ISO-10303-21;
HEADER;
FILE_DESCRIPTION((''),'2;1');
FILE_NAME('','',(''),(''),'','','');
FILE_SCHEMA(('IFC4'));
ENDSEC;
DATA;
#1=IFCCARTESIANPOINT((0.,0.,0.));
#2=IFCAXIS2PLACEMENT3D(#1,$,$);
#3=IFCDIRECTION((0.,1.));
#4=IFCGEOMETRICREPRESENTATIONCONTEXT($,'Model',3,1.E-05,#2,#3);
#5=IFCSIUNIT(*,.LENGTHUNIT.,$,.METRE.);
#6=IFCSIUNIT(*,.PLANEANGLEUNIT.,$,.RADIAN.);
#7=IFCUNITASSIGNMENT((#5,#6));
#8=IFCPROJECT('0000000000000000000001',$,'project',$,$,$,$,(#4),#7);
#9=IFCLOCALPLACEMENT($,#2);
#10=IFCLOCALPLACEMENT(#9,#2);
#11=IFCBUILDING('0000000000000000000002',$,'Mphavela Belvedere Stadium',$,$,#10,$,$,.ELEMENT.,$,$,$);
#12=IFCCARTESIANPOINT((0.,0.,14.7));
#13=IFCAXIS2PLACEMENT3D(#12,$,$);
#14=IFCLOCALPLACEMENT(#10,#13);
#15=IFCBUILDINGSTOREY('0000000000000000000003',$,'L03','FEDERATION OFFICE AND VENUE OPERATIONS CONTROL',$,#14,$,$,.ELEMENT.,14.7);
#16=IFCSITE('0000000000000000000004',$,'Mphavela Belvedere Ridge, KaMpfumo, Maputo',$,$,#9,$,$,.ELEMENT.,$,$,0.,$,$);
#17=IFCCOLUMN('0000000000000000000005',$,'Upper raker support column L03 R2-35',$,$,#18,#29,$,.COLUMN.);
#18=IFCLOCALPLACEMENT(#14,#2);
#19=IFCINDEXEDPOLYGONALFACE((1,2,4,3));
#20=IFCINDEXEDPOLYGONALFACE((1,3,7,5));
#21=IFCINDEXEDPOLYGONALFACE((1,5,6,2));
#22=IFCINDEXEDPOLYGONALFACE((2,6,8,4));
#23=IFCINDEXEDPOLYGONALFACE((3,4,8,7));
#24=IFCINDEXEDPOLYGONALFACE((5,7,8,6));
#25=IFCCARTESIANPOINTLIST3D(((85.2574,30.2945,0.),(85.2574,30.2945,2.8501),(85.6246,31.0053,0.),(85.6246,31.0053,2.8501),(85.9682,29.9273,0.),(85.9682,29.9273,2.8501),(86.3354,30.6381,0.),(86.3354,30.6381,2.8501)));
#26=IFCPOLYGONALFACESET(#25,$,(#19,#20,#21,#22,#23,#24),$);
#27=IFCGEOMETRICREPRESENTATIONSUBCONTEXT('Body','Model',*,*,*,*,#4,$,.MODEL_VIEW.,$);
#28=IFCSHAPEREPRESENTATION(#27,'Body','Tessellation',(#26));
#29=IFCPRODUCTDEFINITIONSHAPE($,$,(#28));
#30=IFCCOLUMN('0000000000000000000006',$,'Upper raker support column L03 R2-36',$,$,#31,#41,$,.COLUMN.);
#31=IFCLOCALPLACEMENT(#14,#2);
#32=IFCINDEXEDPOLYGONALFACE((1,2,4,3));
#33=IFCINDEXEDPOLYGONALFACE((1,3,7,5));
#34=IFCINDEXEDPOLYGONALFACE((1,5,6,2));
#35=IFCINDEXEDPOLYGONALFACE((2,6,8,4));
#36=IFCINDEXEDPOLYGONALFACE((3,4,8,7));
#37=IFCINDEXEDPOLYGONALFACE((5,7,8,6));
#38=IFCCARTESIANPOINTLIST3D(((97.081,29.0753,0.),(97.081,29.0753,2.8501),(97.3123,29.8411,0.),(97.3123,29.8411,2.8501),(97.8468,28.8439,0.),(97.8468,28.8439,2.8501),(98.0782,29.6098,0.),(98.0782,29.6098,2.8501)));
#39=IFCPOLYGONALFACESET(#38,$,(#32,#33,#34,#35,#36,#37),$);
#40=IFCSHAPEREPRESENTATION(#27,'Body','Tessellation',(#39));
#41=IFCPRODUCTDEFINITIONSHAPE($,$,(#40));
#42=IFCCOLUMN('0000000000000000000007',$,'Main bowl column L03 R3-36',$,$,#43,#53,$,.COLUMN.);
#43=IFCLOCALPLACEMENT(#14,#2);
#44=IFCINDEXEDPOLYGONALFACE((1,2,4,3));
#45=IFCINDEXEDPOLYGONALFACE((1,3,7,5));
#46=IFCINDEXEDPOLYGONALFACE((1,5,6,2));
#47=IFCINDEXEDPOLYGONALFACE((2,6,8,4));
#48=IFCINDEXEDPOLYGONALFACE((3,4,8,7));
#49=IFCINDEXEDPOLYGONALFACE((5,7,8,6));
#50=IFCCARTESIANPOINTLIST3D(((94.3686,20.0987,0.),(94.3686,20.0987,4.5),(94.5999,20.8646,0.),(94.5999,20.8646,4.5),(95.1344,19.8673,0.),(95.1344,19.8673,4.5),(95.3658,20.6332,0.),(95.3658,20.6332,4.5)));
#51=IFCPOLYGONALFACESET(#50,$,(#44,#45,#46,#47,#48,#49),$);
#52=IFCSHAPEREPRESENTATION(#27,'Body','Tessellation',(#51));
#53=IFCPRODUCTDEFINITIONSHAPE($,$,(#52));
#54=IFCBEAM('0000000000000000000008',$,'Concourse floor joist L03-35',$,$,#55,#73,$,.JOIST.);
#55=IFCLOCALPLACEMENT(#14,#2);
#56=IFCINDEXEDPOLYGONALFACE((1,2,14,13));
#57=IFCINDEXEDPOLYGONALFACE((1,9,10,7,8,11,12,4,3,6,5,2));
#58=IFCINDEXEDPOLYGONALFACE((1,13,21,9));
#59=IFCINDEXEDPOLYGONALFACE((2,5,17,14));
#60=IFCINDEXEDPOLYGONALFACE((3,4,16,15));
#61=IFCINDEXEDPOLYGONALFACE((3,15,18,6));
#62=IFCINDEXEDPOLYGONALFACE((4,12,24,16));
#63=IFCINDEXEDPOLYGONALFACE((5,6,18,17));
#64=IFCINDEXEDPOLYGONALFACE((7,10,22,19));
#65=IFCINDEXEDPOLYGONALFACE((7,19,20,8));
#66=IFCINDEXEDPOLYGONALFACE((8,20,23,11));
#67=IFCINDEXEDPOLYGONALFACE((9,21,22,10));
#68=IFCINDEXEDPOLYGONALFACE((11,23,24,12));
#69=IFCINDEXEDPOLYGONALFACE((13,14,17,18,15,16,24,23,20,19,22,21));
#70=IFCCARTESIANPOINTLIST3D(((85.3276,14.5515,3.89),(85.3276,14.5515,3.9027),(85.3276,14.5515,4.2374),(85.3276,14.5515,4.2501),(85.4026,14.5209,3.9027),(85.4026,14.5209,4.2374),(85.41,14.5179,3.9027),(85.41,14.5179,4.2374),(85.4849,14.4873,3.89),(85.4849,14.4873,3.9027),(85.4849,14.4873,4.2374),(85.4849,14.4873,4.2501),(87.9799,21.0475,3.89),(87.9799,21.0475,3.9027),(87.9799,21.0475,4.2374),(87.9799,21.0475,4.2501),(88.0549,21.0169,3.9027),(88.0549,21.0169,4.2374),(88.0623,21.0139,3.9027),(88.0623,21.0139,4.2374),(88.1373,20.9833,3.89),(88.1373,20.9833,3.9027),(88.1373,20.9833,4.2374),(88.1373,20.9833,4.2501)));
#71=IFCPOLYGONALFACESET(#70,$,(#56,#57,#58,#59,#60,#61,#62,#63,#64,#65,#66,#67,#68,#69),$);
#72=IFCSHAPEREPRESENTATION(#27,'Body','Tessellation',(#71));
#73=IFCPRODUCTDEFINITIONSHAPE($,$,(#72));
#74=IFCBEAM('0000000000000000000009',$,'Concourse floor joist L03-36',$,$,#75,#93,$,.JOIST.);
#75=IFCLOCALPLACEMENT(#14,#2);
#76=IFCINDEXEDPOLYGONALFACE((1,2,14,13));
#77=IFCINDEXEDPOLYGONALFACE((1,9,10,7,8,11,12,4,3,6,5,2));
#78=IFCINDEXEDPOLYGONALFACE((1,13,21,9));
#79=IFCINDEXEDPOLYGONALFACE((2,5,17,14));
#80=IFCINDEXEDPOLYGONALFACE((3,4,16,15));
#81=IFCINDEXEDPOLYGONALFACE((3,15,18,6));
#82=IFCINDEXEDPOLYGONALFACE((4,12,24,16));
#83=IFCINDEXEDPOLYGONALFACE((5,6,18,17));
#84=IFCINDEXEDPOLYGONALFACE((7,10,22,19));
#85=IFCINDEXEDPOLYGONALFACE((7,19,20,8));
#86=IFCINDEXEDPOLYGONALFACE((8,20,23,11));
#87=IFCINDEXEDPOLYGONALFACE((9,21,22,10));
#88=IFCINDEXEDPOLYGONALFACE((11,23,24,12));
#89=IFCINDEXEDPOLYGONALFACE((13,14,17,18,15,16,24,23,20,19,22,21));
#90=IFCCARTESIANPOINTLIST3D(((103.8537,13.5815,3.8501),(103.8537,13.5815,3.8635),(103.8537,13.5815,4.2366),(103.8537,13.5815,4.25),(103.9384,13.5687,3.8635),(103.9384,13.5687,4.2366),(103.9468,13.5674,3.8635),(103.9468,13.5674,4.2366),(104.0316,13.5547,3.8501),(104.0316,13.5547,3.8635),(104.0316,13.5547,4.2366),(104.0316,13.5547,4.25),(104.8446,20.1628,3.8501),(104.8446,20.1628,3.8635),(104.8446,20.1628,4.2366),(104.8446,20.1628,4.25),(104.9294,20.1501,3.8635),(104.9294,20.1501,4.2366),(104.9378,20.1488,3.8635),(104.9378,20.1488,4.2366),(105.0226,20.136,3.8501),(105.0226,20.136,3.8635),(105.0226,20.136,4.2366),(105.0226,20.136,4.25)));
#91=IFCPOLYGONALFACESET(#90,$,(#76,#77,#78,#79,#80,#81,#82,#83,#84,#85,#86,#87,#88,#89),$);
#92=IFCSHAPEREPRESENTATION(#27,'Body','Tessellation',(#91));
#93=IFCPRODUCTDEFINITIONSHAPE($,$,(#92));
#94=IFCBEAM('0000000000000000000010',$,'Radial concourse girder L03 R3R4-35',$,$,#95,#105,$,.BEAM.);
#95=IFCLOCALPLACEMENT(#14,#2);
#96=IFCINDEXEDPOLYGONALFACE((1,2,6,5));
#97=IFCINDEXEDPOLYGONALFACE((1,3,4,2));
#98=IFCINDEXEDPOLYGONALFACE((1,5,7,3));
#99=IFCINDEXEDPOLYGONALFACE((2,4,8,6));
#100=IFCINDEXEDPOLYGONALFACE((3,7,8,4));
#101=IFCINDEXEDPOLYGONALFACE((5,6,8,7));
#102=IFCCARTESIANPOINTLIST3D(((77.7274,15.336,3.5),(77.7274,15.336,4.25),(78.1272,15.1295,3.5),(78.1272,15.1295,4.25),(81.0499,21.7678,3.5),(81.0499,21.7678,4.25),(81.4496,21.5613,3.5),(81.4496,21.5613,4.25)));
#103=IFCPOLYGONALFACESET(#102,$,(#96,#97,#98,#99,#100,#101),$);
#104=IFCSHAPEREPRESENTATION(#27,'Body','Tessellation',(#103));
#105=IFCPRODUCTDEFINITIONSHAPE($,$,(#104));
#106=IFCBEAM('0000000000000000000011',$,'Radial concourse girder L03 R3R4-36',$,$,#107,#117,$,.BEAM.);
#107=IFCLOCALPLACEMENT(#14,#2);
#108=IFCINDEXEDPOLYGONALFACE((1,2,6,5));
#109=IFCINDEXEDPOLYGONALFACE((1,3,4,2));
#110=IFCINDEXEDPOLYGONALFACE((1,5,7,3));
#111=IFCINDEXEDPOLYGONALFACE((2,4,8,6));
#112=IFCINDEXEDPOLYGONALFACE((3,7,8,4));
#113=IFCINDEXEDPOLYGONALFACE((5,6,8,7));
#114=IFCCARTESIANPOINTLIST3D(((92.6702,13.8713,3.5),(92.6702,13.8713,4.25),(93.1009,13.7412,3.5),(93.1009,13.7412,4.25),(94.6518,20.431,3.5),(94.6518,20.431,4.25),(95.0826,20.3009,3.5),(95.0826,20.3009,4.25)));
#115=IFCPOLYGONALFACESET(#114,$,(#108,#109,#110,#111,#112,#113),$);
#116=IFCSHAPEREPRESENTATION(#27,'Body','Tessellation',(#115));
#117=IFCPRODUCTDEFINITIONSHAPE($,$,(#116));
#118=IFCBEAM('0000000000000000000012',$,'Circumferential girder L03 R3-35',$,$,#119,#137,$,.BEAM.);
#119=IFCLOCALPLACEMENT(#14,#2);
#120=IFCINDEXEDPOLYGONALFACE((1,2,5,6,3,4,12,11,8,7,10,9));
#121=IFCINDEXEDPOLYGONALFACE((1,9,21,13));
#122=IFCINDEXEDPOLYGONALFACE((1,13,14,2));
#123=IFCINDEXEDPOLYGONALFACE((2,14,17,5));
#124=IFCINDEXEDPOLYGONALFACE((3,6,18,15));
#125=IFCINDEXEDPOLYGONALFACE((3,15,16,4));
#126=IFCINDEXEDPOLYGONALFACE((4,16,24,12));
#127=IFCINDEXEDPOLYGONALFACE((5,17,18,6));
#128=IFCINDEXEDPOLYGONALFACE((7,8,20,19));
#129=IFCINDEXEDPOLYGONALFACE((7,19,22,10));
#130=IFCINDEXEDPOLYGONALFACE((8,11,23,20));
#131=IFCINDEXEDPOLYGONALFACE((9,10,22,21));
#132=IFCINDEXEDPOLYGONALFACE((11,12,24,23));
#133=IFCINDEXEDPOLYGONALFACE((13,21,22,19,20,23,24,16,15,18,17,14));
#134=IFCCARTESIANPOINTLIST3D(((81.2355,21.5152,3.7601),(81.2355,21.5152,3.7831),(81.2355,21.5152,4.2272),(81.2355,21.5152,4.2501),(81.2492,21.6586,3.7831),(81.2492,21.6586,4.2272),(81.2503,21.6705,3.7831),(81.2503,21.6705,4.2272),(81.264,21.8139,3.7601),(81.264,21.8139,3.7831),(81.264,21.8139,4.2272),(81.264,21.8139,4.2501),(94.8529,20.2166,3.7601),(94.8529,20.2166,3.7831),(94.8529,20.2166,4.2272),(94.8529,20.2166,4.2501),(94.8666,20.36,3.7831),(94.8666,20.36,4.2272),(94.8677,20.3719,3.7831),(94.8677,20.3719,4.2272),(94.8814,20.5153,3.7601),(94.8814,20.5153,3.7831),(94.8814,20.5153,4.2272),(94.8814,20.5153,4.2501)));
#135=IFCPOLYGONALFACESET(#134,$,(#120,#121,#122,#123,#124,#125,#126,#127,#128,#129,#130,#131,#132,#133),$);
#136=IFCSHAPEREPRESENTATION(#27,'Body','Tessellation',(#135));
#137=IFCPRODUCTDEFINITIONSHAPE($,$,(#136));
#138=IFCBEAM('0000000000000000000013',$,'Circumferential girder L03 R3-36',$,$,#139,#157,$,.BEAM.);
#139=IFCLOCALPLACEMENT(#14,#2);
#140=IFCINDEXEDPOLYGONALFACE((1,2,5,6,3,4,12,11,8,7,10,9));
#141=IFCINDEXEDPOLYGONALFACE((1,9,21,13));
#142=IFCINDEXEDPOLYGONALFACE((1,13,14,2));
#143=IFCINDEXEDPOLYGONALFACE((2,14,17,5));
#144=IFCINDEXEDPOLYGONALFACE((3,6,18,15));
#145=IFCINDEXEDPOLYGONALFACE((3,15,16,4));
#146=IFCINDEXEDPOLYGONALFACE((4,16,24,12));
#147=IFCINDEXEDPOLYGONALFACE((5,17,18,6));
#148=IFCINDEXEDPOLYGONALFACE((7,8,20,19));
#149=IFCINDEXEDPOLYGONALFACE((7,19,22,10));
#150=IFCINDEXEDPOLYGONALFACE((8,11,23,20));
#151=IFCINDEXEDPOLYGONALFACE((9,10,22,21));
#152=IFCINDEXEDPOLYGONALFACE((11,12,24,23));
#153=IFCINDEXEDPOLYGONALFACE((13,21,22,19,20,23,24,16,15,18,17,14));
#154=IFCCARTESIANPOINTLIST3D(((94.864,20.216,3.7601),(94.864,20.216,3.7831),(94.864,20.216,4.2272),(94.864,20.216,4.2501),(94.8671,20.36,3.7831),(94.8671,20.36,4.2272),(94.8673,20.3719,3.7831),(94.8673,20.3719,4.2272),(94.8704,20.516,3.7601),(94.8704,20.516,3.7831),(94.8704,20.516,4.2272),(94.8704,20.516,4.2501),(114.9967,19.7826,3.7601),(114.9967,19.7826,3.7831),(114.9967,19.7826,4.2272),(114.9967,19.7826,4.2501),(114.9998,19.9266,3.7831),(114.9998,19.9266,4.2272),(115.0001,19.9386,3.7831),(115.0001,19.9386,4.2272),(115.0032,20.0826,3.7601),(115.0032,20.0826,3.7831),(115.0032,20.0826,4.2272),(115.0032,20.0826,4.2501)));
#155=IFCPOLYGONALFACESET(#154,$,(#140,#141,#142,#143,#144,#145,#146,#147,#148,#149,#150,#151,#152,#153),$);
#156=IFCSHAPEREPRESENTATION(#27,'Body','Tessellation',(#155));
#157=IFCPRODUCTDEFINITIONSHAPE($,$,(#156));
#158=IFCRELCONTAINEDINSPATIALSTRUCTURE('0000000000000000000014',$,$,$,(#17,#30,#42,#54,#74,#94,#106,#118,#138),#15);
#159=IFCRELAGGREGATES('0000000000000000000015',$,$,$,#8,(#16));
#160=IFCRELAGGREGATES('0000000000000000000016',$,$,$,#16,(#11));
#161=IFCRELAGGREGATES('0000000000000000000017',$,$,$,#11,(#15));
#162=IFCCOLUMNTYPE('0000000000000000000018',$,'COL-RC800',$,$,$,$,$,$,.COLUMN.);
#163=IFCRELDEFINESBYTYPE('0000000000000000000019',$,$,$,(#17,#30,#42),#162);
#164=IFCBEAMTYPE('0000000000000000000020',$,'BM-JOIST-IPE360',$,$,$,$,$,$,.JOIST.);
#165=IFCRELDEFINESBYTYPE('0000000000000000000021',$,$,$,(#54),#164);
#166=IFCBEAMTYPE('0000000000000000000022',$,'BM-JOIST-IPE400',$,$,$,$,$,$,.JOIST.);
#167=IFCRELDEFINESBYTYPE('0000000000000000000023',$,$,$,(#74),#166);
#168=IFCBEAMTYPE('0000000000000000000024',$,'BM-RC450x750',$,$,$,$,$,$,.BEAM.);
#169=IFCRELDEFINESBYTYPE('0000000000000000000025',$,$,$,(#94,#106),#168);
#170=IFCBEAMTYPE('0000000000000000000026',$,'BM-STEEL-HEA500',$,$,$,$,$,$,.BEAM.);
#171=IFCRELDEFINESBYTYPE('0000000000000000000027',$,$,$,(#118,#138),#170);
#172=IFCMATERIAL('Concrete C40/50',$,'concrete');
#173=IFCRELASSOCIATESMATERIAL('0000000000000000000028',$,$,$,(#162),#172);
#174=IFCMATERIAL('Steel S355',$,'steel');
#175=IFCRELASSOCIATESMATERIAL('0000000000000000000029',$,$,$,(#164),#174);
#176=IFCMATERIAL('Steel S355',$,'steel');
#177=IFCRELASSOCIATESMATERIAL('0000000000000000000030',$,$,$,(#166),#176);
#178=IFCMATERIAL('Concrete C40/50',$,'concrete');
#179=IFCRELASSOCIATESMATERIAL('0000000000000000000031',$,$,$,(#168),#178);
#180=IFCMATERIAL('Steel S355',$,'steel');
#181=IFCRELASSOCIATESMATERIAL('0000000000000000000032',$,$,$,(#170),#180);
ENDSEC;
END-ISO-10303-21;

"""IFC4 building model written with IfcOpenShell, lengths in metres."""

from ifc_helpers import new_model, si_unit, direction, frame, origin, origin_2d, place, context, subcontext, project, spatial, rectangle, i_section, extrude, material, material_profile, profile_set, type_object, element, save


model = new_model("IFC4")

# Units and contexts
model_context = context("Model", 3, precision=1e-05, world=origin(), true_north=direction((0.0, 1.0)))
body_context = subcontext(model_context, "Body", "Model", "MODEL_VIEW")
ifc_project = project(units=[si_unit("LENGTHUNIT", "METRE"), si_unit("PLANEANGLEUNIT", "RADIAN")], contexts=[model_context])

# Site, building, storey
site_placement = place(None, origin())
site = spatial("IfcSite", under=ifc_project, at=site_placement, Name="Mphavela Belvedere Ridge, KaMpfumo, Maputo", CompositionType="ELEMENT", RefElevation=0.0)
building_placement = place(site_placement, origin())
building = spatial("IfcBuilding", under=site, at=building_placement, Name="Mphavela Belvedere Stadium", CompositionType="ELEMENT")
storey_placement = place(building_placement, frame((0.0, 0.0, 14.7)))
storey = spatial("IfcBuildingStorey", under=building, at=storey_placement, Name="L03", Description="FEDERATION OFFICE AND VENUE OPERATIONS CONTROL", CompositionType="ELEMENT", Elevation=14.7)

# Columns
ifc_material_1 = material(Name="Concrete C40/50", Category="concrete")
ifc_material_profile_1 = material_profile(ifc_material_1, rectangle(XDim=0.8, YDim=0.8, at=origin_2d()), Name="RC 800x800")
ifc_profile_set_1 = profile_set([ifc_material_profile_1], Name="Concrete C40/50")
column_type = type_object("IfcColumnType", Name="COL-RC800", PredefinedType="COLUMN", material=ifc_profile_set_1)
for number, where, z_axis, x_axis, name in (
    (1, (85.7964, 30.4663, 0.0), (0.0, 0.0, 1.0), (-0.45896, -0.888457, 0.0), "Upper raker support column L03 R2-35"),
    (2, (97.5796, 29.3425, 0.0), (0.0, 0.0, 1.0), (-0.289199, -0.957269, 0.0), "Upper raker support column L03 R2-36"),
):
    element("IfcColumn", number, at=place(storey_placement, frame(where, z_axis=z_axis, x_axis=x_axis)), inside=storey, type_object=column_type, Name=name, PredefinedType="COLUMN", context=body_context, shape_type="SweptSolid", body=[
        extrude(rectangle(XDim=0.8, YDim=0.8, at=origin_2d()), origin(), (0.0, 0.0, 1.0), 2.8501),
    ])
column_placement = place(storey_placement, frame((94.8672, 20.366, 0.0), z_axis=(0.0, 0.0, 1.0), x_axis=(-0.289199, -0.957269, 0.0)))
element("IfcColumn", 3, at=column_placement, inside=storey, type_object=column_type, Name="Main bowl column L03 R3-36", PredefinedType="COLUMN", context=body_context, shape_type="SweptSolid", body=[
    extrude(rectangle(XDim=0.8, YDim=0.8, at=origin_2d()), origin(), (0.0, 0.0, 1.0), 4.5),
])

# Beams
ifc_material_2 = material(Name="Steel S355", Category="steel")
ifc_material_profile_2 = material_profile(ifc_material_2, i_section(OverallWidth=0.1699, OverallDepth=0.3601, WebThickness=0.0081, FlangeThickness=0.0127, at=origin_2d()), Name="IPE 360")
ifc_profile_set_2 = profile_set([ifc_material_profile_2], Name="Steel S355")
beam_type_1 = type_object("IfcBeamType", Name="BM-JOIST-IPE360", PredefinedType="JOIST", material=ifc_profile_set_2)
beam_1_placement = place(storey_placement, frame((88.0586, 21.0154, 4.0701), z_axis=(-0.378004, -0.925804, 0.0), x_axis=(0.925804, -0.378004, 0.0)))
element("IfcBeam", 4, at=beam_1_placement, inside=storey, type_object=beam_type_1, Name="Concourse floor joist L03-35", PredefinedType="JOIST", context=body_context, shape_type="SweptSolid", body=[
    extrude(i_section(OverallWidth=0.1699, OverallDepth=0.3601, WebThickness=0.0081, FlangeThickness=0.0127, at=origin_2d()), origin(), (0.0, 0.0, 1.0), 7.0166),
])
ifc_material_3 = material(Name="Steel S355", Category="steel")
ifc_material_profile_3 = material_profile(ifc_material_3, i_section(OverallWidth=0.1799, OverallDepth=0.3999, WebThickness=0.0085, FlangeThickness=0.0134, at=origin_2d()), Name="IPE 400")
ifc_profile_set_3 = profile_set([ifc_material_profile_3], Name="Steel S355")
beam_type_2 = type_object("IfcBeamType", Name="BM-JOIST-IPE400", PredefinedType="JOIST", material=ifc_profile_set_3)
beam_2_placement = place(storey_placement, frame((104.9336, 20.1494, 4.05), z_axis=(-0.148895, -0.988853, 0.0), x_axis=(0.988853, -0.148895, 0.0)))
element("IfcBeam", 5, at=beam_2_placement, inside=storey, type_object=beam_type_2, Name="Concourse floor joist L03-36", PredefinedType="JOIST", context=body_context, shape_type="SweptSolid", body=[
    extrude(i_section(OverallWidth=0.1799, OverallDepth=0.3999, WebThickness=0.0085, FlangeThickness=0.0134, at=origin_2d()), origin(), (0.0, 0.0, 1.0), 6.6555),
])
ifc_material_4 = material(Name="Concrete C40/50", Category="concrete")
ifc_material_profile_4 = material_profile(ifc_material_4, rectangle(XDim=0.45, YDim=0.75, at=origin_2d()), Name="RC 450x750")
ifc_profile_set_4 = profile_set([ifc_material_profile_4], Name="Concrete C40/50")
beam_type_3 = type_object("IfcBeamType", Name="BM-RC450x750", PredefinedType="BEAM", material=ifc_profile_set_4)
beam_3_placement = place(storey_placement, frame((81.2498, 21.6646, 3.875), z_axis=(-0.458951, -0.888461, 0.0), x_axis=(0.888461, -0.458951, 0.0)))
element("IfcBeam", 6, at=beam_3_placement, inside=storey, type_object=beam_type_3, Name="Radial concourse girder L03 R3R4-35", PredefinedType="BEAM", context=body_context, shape_type="SweptSolid", body=[
    extrude(rectangle(XDim=0.45, YDim=0.75, at=origin_2d()), origin(), (0.0, 0.0, 1.0), 7.2393),
])
beam_4_placement = place(storey_placement, frame((94.8672, 20.366, 3.875), z_axis=(-0.289188, -0.957272, 0.0), x_axis=(0.957272, -0.289188, 0.0)))
element("IfcBeam", 7, at=beam_4_placement, inside=storey, type_object=beam_type_3, Name="Radial concourse girder L03 R3R4-36", PredefinedType="BEAM", context=body_context, shape_type="SweptSolid", body=[
    extrude(rectangle(XDim=0.45, YDim=0.75, at=origin_2d()), origin(), (0.0, 0.0, 1.0), 6.8525),
])
ifc_material_5 = material(Name="Steel S355", Category="steel")
ifc_material_profile_5 = material_profile(ifc_material_5, i_section(OverallWidth=0.3, OverallDepth=0.49, WebThickness=0.012, FlangeThickness=0.0229, at=origin_2d()), Name="HEA 500")
ifc_profile_set_5 = profile_set([ifc_material_profile_5], Name="Steel S355")
beam_type_4 = type_object("IfcBeamType", Name="BM-STEEL-HEA500", PredefinedType="BEAM", material=ifc_profile_set_5)
beam_5_placement = place(storey_placement, frame((81.2498, 21.6646, 4.0051), z_axis=(0.995484, -0.094931, 0.0), x_axis=(0.094931, 0.995484, 0.0)))
element("IfcBeam", 8, at=beam_5_placement, inside=storey, type_object=beam_type_4, Name="Circumferential girder L03 R3-35", PredefinedType="BEAM", context=body_context, shape_type="SweptSolid", body=[
    extrude(i_section(OverallWidth=0.3, OverallDepth=0.49, WebThickness=0.012, FlangeThickness=0.0229, at=origin_2d()), origin(), (0.0, 0.0, 1.0), 13.6792),
])
beam_6_placement = place(storey_placement, frame((94.8672, 20.366, 4.0051), z_axis=(0.999768, -0.02152, 0.0), x_axis=(0.02152, 0.999768, 0.0)))
element("IfcBeam", 9, at=beam_6_placement, inside=storey, type_object=beam_type_4, Name="Circumferential girder L03 R3-36", PredefinedType="BEAM", context=body_context, shape_type="SweptSolid", body=[
    extrude(i_section(OverallWidth=0.3, OverallDepth=0.49, WebThickness=0.012, FlangeThickness=0.0229, at=origin_2d()), origin(), (0.0, 0.0, 1.0), 20.1375),
])

save(model, "model.ifc")
